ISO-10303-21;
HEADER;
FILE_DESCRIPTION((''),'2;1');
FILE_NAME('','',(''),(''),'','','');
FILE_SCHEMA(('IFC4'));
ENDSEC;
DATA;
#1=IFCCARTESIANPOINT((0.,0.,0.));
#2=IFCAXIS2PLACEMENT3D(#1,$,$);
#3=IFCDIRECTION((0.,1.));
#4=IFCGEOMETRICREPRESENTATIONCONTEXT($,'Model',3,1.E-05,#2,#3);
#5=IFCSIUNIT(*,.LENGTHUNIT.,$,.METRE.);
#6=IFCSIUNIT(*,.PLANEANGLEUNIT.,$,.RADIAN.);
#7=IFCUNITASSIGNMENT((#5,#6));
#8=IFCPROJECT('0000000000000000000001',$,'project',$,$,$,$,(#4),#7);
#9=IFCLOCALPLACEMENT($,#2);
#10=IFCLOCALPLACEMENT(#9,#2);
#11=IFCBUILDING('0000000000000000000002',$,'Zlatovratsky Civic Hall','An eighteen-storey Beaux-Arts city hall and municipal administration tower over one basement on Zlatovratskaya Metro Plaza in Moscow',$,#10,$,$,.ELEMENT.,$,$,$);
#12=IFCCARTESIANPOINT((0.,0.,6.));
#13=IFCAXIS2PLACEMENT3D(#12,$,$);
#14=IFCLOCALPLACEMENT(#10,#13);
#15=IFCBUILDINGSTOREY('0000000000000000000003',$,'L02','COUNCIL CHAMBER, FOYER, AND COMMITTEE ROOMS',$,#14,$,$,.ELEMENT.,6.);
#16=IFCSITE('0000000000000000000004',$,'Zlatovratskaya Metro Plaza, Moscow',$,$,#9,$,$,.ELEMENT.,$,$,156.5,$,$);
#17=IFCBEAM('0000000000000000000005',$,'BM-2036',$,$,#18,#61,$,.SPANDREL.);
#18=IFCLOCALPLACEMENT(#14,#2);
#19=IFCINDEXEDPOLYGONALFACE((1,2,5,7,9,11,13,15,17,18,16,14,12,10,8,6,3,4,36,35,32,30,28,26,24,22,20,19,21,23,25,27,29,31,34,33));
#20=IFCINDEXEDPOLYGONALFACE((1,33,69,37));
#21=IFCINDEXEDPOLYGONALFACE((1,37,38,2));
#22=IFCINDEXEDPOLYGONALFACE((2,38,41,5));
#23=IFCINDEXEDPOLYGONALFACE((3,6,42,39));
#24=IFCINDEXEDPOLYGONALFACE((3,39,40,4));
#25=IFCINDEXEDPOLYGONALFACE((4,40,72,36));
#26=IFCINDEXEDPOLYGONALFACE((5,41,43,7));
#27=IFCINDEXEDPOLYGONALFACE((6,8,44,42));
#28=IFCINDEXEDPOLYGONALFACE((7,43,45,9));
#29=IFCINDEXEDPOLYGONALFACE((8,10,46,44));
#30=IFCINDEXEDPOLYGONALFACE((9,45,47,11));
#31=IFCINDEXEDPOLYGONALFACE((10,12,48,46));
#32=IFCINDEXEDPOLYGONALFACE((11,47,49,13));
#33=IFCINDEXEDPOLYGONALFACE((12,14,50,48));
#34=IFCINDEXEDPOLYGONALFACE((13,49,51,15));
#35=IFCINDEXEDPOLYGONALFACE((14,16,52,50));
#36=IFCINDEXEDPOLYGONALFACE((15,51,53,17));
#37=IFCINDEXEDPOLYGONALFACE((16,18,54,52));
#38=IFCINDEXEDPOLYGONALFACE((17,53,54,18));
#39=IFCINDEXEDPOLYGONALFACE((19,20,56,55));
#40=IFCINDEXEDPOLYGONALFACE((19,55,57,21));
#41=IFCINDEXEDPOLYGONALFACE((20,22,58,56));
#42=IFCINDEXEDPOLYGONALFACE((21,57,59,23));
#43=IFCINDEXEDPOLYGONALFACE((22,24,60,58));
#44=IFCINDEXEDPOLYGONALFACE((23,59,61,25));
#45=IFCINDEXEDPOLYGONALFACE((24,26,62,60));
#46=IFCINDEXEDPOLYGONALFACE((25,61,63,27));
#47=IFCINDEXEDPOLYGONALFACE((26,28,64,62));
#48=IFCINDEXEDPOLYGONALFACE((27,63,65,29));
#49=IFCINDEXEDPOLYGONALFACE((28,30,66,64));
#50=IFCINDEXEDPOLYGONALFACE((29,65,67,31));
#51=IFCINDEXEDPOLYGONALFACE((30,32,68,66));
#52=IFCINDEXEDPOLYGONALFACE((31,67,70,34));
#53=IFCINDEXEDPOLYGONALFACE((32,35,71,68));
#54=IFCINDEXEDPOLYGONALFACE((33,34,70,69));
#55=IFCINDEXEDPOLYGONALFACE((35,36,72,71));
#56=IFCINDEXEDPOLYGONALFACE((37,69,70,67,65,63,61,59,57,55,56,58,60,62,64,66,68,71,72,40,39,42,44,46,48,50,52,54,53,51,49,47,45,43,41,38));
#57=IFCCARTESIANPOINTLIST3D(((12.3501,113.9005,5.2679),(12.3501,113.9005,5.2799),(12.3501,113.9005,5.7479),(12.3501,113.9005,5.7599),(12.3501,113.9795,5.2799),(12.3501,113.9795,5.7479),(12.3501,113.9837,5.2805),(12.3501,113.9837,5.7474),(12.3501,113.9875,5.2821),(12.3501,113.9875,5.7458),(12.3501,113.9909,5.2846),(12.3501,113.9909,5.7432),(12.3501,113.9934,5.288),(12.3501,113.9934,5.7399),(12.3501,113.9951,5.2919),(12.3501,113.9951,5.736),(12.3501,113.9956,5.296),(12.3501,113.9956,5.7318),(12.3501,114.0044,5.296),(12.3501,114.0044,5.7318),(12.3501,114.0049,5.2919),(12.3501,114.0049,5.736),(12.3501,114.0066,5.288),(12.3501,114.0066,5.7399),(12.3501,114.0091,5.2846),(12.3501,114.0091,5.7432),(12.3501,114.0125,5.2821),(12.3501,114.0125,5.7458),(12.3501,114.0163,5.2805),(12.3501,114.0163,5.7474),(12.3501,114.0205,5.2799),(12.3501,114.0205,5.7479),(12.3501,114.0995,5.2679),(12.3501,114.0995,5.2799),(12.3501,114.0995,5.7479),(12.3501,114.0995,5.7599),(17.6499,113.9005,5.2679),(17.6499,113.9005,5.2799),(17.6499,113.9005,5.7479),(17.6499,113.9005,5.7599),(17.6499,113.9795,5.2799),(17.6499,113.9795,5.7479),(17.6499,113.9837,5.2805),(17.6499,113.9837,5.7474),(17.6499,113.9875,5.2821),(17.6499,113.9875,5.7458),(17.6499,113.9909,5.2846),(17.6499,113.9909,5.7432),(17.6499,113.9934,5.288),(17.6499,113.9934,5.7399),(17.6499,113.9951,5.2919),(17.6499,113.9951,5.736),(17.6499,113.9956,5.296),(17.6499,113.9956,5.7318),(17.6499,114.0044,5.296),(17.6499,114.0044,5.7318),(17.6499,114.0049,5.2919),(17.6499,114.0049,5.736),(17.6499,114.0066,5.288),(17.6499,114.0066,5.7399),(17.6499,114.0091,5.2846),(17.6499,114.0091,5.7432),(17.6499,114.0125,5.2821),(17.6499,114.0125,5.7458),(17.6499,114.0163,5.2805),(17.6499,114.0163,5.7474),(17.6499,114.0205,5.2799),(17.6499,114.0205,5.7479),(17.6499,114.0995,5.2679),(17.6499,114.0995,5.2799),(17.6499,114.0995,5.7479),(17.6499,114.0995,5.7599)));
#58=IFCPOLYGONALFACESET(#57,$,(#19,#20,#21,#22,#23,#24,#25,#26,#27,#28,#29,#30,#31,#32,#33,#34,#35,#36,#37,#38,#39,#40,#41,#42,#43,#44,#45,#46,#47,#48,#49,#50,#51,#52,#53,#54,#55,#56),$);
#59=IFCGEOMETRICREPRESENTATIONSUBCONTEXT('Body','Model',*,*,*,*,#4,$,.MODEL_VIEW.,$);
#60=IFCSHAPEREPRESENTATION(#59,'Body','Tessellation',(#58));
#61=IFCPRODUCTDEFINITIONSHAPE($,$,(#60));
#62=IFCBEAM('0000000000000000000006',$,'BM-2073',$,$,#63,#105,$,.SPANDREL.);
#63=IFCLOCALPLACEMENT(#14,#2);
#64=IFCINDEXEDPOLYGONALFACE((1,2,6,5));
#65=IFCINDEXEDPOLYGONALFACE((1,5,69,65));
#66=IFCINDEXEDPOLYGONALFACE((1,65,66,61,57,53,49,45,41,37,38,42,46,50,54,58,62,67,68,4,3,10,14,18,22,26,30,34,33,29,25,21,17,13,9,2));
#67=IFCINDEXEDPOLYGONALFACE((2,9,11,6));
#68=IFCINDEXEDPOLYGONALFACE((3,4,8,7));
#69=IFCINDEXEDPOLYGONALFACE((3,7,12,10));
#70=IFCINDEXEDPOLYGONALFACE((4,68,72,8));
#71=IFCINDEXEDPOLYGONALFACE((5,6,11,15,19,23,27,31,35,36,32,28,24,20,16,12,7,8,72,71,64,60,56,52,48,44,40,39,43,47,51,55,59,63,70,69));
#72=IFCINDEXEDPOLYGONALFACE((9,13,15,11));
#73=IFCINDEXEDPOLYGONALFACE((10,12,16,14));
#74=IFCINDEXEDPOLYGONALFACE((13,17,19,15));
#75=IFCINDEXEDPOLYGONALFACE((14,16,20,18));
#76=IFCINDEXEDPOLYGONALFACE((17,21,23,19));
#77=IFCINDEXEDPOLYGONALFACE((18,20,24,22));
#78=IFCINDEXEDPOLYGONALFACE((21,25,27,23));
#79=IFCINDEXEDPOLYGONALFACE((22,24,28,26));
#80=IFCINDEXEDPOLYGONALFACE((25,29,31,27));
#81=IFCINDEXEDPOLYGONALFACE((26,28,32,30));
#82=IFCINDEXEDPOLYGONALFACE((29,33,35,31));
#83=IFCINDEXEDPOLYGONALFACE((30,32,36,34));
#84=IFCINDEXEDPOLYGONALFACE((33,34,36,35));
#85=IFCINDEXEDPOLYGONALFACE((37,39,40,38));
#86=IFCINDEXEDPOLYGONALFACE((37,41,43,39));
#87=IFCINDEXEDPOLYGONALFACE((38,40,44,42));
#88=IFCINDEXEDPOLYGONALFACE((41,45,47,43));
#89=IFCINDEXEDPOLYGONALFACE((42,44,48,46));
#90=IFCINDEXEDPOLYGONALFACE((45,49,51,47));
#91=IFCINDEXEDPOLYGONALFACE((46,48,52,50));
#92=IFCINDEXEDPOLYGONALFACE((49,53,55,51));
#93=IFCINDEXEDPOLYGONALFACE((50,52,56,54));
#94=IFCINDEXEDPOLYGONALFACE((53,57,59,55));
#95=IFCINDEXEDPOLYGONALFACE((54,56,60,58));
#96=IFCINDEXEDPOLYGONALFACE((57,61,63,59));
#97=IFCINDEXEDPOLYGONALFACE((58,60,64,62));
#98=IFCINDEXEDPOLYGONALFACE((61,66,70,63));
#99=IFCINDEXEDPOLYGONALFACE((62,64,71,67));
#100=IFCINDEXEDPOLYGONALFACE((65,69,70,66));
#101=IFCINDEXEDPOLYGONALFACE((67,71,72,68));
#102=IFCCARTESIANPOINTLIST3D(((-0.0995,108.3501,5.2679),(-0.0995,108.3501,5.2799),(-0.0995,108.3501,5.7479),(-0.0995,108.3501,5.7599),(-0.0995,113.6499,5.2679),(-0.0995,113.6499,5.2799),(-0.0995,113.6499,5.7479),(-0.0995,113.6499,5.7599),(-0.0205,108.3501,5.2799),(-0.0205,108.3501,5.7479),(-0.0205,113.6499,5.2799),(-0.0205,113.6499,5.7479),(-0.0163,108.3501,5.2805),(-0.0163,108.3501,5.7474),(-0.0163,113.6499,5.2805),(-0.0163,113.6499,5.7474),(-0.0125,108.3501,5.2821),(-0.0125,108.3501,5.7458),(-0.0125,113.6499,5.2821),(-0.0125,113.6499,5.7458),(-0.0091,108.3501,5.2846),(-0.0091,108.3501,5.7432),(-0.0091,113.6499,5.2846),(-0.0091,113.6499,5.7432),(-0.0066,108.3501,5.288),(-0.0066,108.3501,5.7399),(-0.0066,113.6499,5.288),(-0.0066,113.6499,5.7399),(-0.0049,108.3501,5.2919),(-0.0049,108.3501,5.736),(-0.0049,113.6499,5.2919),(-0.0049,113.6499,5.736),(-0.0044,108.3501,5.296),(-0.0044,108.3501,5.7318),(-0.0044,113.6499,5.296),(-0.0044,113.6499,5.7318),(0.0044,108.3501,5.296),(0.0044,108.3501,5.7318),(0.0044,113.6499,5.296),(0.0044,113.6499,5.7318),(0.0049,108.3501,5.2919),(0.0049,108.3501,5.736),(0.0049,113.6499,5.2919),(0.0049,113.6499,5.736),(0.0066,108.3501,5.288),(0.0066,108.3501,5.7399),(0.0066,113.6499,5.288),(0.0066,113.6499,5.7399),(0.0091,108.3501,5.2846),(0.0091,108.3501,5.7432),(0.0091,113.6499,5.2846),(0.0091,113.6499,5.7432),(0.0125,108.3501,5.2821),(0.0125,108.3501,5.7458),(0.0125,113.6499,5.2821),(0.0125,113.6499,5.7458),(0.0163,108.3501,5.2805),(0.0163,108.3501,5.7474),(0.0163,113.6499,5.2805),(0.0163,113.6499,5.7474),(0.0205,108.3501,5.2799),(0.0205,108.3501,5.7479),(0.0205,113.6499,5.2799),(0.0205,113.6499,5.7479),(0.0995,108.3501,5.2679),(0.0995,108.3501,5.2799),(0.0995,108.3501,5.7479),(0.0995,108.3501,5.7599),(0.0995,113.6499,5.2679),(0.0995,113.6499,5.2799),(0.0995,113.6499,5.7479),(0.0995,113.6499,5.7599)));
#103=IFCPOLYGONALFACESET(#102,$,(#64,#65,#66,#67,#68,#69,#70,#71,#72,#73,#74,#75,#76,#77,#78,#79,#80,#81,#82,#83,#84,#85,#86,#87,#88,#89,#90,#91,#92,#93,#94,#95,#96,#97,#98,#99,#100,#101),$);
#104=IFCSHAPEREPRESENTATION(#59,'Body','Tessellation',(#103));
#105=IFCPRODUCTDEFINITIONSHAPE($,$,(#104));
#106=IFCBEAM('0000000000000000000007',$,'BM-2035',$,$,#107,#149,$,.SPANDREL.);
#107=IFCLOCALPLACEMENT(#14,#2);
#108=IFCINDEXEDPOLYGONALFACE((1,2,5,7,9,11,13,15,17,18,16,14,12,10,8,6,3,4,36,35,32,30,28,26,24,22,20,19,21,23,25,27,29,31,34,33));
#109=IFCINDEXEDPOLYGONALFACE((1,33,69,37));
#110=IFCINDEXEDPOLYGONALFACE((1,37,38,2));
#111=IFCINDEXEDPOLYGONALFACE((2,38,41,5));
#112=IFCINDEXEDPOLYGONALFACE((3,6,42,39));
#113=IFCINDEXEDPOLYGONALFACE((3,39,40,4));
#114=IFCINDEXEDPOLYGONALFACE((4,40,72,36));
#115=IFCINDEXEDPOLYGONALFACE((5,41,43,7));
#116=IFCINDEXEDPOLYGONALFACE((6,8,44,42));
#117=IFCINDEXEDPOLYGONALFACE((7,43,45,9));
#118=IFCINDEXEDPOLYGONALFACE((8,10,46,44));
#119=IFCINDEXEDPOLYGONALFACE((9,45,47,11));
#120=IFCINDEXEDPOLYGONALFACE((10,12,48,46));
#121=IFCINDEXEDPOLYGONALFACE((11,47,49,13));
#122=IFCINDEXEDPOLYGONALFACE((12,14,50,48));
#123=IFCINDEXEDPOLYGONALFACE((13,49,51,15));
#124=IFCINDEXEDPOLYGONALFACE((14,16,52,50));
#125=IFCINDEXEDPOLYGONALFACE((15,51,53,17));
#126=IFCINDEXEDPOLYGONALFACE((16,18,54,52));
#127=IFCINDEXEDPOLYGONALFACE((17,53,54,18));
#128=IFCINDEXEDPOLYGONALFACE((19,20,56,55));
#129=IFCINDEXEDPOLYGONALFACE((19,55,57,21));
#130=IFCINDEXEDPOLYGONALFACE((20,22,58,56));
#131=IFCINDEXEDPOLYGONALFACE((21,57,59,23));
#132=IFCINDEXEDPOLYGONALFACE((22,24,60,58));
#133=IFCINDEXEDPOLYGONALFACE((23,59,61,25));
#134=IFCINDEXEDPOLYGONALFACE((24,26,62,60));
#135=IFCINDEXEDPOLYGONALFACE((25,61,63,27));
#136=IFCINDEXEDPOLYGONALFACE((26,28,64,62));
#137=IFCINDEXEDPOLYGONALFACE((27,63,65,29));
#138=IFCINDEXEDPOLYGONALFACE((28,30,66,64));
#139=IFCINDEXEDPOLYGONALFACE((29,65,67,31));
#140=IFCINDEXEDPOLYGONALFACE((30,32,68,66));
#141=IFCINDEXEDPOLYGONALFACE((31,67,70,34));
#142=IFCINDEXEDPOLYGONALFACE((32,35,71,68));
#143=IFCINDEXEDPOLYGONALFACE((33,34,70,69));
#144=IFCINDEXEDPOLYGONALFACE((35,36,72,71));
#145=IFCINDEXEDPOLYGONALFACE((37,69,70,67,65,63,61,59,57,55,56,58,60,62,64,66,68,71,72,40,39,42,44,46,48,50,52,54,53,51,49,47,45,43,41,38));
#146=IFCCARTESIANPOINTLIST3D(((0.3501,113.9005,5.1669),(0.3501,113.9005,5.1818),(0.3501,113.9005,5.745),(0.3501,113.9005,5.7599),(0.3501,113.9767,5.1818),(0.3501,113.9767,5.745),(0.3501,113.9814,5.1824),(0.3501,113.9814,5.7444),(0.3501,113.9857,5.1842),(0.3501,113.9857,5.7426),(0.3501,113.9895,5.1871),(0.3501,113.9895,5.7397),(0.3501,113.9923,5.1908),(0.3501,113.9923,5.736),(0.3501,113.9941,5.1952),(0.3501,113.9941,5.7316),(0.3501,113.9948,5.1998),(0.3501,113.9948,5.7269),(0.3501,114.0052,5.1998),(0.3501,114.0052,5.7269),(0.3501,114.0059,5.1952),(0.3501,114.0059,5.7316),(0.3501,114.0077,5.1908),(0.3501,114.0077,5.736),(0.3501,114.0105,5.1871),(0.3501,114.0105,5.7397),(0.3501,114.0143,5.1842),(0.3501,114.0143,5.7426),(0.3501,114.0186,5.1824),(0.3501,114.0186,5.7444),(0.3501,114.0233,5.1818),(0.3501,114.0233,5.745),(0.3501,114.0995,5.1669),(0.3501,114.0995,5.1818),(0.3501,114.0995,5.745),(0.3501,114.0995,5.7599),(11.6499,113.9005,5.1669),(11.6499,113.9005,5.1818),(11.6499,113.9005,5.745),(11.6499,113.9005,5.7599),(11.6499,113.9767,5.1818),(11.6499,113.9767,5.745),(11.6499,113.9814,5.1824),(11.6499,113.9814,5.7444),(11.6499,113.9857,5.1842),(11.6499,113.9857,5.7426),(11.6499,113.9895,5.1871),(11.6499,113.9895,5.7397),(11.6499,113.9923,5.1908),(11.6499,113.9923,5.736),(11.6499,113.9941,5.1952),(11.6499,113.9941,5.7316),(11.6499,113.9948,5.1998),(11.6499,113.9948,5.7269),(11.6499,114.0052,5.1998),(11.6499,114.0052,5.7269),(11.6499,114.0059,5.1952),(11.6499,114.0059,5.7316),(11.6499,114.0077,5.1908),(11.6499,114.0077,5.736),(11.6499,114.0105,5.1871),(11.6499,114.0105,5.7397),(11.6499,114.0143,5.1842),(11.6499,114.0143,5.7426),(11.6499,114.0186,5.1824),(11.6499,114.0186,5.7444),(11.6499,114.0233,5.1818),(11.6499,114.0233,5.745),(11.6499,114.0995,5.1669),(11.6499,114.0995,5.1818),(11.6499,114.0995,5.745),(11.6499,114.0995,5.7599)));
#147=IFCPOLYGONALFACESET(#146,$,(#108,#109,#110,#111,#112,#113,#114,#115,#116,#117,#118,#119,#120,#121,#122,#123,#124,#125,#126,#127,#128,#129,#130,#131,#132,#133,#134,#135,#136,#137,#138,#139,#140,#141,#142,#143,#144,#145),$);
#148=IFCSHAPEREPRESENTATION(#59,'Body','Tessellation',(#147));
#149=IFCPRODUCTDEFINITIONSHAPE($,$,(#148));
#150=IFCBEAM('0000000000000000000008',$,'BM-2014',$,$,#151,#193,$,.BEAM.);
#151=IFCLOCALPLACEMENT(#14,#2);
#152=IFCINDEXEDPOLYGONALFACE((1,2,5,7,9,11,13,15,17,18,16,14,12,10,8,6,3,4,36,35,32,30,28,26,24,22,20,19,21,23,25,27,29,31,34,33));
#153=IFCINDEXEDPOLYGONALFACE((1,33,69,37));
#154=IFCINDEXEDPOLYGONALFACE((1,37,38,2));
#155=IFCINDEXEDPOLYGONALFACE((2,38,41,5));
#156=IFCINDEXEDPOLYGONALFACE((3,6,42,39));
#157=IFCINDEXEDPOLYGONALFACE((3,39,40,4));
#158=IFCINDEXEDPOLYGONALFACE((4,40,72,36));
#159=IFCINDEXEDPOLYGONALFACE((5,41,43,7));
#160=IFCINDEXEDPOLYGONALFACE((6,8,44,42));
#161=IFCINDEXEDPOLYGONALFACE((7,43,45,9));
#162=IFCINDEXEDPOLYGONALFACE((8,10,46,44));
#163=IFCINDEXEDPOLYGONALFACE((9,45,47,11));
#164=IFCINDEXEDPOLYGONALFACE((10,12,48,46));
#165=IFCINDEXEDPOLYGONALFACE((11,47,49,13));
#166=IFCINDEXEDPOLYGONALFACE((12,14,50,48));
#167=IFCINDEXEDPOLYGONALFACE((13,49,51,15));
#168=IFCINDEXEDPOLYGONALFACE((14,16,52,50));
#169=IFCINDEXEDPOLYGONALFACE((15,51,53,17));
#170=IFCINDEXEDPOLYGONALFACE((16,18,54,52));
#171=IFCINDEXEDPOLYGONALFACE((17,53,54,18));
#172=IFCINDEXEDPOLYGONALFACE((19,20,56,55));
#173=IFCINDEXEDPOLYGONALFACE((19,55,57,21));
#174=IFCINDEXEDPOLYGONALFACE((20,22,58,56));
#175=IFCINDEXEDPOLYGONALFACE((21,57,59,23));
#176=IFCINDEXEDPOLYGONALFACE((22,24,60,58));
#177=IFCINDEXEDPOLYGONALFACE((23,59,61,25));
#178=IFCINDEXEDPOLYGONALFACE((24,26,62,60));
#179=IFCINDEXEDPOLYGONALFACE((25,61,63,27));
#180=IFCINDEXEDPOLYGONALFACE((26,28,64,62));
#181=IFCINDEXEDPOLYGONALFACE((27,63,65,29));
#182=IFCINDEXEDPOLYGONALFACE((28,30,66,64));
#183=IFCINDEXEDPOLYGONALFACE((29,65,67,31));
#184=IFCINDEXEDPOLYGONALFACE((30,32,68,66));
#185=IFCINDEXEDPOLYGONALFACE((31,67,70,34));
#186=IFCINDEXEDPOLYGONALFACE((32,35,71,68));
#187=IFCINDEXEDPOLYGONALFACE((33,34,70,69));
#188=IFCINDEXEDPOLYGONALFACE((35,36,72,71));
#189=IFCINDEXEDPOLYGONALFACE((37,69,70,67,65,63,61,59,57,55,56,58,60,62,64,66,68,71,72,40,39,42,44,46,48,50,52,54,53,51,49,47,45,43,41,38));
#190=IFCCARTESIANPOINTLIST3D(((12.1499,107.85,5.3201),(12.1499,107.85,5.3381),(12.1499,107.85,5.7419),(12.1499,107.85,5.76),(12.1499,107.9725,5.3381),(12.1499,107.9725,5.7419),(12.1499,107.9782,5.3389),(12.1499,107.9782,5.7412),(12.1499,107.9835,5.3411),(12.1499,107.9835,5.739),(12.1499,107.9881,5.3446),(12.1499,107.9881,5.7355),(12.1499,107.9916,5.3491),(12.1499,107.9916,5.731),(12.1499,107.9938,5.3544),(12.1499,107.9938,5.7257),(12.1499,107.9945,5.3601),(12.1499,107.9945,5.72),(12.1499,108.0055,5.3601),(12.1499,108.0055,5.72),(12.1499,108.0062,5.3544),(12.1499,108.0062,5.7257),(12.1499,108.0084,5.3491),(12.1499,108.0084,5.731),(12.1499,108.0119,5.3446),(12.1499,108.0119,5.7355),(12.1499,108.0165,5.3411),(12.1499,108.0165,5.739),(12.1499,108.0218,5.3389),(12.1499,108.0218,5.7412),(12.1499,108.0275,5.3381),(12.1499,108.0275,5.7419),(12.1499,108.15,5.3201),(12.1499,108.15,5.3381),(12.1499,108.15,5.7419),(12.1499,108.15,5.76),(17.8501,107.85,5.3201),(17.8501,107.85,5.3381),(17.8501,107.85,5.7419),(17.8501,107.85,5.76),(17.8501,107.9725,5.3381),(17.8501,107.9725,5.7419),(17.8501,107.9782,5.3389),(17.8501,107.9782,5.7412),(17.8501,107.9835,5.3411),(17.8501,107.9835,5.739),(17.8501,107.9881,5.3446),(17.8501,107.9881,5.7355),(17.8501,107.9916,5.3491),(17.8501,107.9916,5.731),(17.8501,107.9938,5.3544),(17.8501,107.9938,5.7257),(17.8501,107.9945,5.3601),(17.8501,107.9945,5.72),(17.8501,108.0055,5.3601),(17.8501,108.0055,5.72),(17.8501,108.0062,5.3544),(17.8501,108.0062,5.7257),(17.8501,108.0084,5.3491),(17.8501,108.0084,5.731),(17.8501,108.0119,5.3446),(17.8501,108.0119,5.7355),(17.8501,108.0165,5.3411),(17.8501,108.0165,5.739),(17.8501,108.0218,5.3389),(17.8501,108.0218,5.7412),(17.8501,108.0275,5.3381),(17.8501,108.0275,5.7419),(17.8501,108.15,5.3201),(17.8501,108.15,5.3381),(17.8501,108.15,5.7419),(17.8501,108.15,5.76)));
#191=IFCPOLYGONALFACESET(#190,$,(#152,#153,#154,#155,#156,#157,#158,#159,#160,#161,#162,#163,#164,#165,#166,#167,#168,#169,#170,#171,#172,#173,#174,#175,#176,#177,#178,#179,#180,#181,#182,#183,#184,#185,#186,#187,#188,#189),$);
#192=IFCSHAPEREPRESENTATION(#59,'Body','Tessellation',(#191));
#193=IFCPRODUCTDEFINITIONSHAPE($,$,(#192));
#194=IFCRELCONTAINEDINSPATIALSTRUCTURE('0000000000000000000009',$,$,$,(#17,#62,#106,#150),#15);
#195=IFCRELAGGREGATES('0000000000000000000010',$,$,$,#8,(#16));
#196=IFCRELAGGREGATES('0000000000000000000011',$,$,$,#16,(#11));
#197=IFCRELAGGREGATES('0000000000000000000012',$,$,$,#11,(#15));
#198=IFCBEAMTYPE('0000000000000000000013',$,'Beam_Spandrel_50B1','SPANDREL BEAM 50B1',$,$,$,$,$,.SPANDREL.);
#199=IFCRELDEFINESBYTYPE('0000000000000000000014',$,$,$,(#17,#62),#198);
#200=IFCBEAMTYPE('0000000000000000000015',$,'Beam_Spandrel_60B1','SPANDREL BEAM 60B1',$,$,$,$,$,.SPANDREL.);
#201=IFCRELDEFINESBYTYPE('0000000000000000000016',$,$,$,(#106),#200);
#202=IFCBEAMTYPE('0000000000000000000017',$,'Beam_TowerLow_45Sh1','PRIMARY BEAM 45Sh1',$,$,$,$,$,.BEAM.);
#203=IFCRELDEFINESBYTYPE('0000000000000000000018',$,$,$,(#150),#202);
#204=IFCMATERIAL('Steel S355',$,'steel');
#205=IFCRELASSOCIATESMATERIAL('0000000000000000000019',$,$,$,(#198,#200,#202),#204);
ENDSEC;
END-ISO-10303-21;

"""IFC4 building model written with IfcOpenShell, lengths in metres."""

from ifc_helpers import new_model, si_unit, direction, frame, origin, origin_2d, place, context, subcontext, project, spatial, i_section, extrude, material, material_profile, profile_set, type_object, element, save


model = new_model("IFC4")

# Units and contexts
model_context = context("Model", 3, precision=1e-05, world=origin(), true_north=direction((0.0, 1.0)))
body_context = subcontext(model_context, "Body", "Model", "MODEL_VIEW")
ifc_project = project(units=[si_unit("LENGTHUNIT", "METRE"), si_unit("PLANEANGLEUNIT", "RADIAN")], contexts=[model_context])

# Site, building, storey
site_placement = place(None, origin())
site = spatial("IfcSite", under=ifc_project, at=site_placement, Name="Zlatovratskaya Metro Plaza, Moscow", CompositionType="ELEMENT", RefElevation=156.5)
building_placement = place(site_placement, origin())
building = spatial("IfcBuilding", under=site, at=building_placement, Name="Zlatovratsky Civic Hall", Description="An eighteen-storey Beaux-Arts city hall and municipal administration tower over one basement on Zlatovratskaya Metro Plaza in Moscow", CompositionType="ELEMENT")
storey_placement = place(building_placement, frame((0.0, 0.0, 6.0)))
storey = spatial("IfcBuildingStorey", under=building, at=storey_placement, Name="L02", Description="COUNCIL CHAMBER, FOYER, AND COMMITTEE ROOMS", CompositionType="ELEMENT", Elevation=6.0)

# Shared definitions
ifc_material_1 = material(Name="Steel S355", Category="steel")

# Beams
ifc_material_profile_1 = material_profile(ifc_material_1, i_section(OverallWidth=0.199, OverallDepth=0.4919, WebThickness=0.0088, FlangeThickness=0.012, FilletRadius=0.0161, at=origin_2d()), Name="50B1")
ifc_profile_set_1 = profile_set([ifc_material_profile_1], Name="Steel S355")
beam_type_1 = type_object("IfcBeamType", Name="Beam_Spandrel_50B1", Description="SPANDREL BEAM 50B1", PredefinedType="SPANDREL", material=ifc_profile_set_1)
for number, where, z_axis, x_axis, name in (
    (1, (12.3501, 114.0, 5.5139), (1.0, 0.0, 0.0), (0.0, 1.0, 0.0), "BM-2036"),
    (2, (0.0, 108.3501, 5.5139), (0.0, 1.0, 0.0), (-1.0, 0.0, 0.0), "BM-2073"),
):
    element("IfcBeam", number, at=place(storey_placement, frame(where, z_axis=z_axis, x_axis=x_axis)), inside=storey, type_object=beam_type_1, Name=name, PredefinedType="SPANDREL", context=body_context, shape_type="SweptSolid", body=[
        extrude(i_section(OverallWidth=0.199, OverallDepth=0.4919, WebThickness=0.0088, FlangeThickness=0.012, FilletRadius=0.0161, at=origin_2d()), origin(), (0.0, 0.0, 1.0), 5.2998),
    ])
ifc_material_profile_2 = material_profile(ifc_material_1, i_section(OverallWidth=0.199, OverallDepth=0.593, WebThickness=0.0105, FlangeThickness=0.0149, FilletRadius=0.0181, at=origin_2d()), Name="60B1")
ifc_profile_set_2 = profile_set([ifc_material_profile_2], Name="Steel S355")
beam_type_2 = type_object("IfcBeamType", Name="Beam_Spandrel_60B1", Description="SPANDREL BEAM 60B1", PredefinedType="SPANDREL", material=ifc_profile_set_2)
beam_1_placement = place(storey_placement, frame((0.3501, 114.0, 5.4634), z_axis=(1.0, 0.0, 0.0), x_axis=(0.0, 1.0, 0.0)))
element("IfcBeam", 3, at=beam_1_placement, inside=storey, type_object=beam_type_2, Name="BM-2035", PredefinedType="SPANDREL", context=body_context, shape_type="SweptSolid", body=[
    extrude(i_section(OverallWidth=0.199, OverallDepth=0.593, WebThickness=0.0105, FlangeThickness=0.0149, FilletRadius=0.0181, at=origin_2d()), origin(), (0.0, 0.0, 1.0), 11.2998),
])
ifc_material_profile_3 = material_profile(ifc_material_1, i_section(OverallWidth=0.3, OverallDepth=0.4399, WebThickness=0.011, FlangeThickness=0.0181, FilletRadius=0.022, at=origin_2d()), Name="45Sh1")
ifc_profile_set_3 = profile_set([ifc_material_profile_3], Name="Steel S355")
beam_type_3 = type_object("IfcBeamType", Name="Beam_TowerLow_45Sh1", Description="PRIMARY BEAM 45Sh1", PredefinedType="BEAM", material=ifc_profile_set_3)
beam_2_placement = place(storey_placement, frame((12.1499, 108.0, 5.54), z_axis=(1.0, 0.0, 0.0), x_axis=(0.0, 1.0, 0.0)))
element("IfcBeam", 4, at=beam_2_placement, inside=storey, type_object=beam_type_3, Name="BM-2014", PredefinedType="BEAM", context=body_context, shape_type="SweptSolid", body=[
    extrude(i_section(OverallWidth=0.3, OverallDepth=0.4399, WebThickness=0.011, FlangeThickness=0.0181, FilletRadius=0.022, at=origin_2d()), origin(), (0.0, 0.0, 1.0), 5.7002),
])

save(model, "model.ifc")
